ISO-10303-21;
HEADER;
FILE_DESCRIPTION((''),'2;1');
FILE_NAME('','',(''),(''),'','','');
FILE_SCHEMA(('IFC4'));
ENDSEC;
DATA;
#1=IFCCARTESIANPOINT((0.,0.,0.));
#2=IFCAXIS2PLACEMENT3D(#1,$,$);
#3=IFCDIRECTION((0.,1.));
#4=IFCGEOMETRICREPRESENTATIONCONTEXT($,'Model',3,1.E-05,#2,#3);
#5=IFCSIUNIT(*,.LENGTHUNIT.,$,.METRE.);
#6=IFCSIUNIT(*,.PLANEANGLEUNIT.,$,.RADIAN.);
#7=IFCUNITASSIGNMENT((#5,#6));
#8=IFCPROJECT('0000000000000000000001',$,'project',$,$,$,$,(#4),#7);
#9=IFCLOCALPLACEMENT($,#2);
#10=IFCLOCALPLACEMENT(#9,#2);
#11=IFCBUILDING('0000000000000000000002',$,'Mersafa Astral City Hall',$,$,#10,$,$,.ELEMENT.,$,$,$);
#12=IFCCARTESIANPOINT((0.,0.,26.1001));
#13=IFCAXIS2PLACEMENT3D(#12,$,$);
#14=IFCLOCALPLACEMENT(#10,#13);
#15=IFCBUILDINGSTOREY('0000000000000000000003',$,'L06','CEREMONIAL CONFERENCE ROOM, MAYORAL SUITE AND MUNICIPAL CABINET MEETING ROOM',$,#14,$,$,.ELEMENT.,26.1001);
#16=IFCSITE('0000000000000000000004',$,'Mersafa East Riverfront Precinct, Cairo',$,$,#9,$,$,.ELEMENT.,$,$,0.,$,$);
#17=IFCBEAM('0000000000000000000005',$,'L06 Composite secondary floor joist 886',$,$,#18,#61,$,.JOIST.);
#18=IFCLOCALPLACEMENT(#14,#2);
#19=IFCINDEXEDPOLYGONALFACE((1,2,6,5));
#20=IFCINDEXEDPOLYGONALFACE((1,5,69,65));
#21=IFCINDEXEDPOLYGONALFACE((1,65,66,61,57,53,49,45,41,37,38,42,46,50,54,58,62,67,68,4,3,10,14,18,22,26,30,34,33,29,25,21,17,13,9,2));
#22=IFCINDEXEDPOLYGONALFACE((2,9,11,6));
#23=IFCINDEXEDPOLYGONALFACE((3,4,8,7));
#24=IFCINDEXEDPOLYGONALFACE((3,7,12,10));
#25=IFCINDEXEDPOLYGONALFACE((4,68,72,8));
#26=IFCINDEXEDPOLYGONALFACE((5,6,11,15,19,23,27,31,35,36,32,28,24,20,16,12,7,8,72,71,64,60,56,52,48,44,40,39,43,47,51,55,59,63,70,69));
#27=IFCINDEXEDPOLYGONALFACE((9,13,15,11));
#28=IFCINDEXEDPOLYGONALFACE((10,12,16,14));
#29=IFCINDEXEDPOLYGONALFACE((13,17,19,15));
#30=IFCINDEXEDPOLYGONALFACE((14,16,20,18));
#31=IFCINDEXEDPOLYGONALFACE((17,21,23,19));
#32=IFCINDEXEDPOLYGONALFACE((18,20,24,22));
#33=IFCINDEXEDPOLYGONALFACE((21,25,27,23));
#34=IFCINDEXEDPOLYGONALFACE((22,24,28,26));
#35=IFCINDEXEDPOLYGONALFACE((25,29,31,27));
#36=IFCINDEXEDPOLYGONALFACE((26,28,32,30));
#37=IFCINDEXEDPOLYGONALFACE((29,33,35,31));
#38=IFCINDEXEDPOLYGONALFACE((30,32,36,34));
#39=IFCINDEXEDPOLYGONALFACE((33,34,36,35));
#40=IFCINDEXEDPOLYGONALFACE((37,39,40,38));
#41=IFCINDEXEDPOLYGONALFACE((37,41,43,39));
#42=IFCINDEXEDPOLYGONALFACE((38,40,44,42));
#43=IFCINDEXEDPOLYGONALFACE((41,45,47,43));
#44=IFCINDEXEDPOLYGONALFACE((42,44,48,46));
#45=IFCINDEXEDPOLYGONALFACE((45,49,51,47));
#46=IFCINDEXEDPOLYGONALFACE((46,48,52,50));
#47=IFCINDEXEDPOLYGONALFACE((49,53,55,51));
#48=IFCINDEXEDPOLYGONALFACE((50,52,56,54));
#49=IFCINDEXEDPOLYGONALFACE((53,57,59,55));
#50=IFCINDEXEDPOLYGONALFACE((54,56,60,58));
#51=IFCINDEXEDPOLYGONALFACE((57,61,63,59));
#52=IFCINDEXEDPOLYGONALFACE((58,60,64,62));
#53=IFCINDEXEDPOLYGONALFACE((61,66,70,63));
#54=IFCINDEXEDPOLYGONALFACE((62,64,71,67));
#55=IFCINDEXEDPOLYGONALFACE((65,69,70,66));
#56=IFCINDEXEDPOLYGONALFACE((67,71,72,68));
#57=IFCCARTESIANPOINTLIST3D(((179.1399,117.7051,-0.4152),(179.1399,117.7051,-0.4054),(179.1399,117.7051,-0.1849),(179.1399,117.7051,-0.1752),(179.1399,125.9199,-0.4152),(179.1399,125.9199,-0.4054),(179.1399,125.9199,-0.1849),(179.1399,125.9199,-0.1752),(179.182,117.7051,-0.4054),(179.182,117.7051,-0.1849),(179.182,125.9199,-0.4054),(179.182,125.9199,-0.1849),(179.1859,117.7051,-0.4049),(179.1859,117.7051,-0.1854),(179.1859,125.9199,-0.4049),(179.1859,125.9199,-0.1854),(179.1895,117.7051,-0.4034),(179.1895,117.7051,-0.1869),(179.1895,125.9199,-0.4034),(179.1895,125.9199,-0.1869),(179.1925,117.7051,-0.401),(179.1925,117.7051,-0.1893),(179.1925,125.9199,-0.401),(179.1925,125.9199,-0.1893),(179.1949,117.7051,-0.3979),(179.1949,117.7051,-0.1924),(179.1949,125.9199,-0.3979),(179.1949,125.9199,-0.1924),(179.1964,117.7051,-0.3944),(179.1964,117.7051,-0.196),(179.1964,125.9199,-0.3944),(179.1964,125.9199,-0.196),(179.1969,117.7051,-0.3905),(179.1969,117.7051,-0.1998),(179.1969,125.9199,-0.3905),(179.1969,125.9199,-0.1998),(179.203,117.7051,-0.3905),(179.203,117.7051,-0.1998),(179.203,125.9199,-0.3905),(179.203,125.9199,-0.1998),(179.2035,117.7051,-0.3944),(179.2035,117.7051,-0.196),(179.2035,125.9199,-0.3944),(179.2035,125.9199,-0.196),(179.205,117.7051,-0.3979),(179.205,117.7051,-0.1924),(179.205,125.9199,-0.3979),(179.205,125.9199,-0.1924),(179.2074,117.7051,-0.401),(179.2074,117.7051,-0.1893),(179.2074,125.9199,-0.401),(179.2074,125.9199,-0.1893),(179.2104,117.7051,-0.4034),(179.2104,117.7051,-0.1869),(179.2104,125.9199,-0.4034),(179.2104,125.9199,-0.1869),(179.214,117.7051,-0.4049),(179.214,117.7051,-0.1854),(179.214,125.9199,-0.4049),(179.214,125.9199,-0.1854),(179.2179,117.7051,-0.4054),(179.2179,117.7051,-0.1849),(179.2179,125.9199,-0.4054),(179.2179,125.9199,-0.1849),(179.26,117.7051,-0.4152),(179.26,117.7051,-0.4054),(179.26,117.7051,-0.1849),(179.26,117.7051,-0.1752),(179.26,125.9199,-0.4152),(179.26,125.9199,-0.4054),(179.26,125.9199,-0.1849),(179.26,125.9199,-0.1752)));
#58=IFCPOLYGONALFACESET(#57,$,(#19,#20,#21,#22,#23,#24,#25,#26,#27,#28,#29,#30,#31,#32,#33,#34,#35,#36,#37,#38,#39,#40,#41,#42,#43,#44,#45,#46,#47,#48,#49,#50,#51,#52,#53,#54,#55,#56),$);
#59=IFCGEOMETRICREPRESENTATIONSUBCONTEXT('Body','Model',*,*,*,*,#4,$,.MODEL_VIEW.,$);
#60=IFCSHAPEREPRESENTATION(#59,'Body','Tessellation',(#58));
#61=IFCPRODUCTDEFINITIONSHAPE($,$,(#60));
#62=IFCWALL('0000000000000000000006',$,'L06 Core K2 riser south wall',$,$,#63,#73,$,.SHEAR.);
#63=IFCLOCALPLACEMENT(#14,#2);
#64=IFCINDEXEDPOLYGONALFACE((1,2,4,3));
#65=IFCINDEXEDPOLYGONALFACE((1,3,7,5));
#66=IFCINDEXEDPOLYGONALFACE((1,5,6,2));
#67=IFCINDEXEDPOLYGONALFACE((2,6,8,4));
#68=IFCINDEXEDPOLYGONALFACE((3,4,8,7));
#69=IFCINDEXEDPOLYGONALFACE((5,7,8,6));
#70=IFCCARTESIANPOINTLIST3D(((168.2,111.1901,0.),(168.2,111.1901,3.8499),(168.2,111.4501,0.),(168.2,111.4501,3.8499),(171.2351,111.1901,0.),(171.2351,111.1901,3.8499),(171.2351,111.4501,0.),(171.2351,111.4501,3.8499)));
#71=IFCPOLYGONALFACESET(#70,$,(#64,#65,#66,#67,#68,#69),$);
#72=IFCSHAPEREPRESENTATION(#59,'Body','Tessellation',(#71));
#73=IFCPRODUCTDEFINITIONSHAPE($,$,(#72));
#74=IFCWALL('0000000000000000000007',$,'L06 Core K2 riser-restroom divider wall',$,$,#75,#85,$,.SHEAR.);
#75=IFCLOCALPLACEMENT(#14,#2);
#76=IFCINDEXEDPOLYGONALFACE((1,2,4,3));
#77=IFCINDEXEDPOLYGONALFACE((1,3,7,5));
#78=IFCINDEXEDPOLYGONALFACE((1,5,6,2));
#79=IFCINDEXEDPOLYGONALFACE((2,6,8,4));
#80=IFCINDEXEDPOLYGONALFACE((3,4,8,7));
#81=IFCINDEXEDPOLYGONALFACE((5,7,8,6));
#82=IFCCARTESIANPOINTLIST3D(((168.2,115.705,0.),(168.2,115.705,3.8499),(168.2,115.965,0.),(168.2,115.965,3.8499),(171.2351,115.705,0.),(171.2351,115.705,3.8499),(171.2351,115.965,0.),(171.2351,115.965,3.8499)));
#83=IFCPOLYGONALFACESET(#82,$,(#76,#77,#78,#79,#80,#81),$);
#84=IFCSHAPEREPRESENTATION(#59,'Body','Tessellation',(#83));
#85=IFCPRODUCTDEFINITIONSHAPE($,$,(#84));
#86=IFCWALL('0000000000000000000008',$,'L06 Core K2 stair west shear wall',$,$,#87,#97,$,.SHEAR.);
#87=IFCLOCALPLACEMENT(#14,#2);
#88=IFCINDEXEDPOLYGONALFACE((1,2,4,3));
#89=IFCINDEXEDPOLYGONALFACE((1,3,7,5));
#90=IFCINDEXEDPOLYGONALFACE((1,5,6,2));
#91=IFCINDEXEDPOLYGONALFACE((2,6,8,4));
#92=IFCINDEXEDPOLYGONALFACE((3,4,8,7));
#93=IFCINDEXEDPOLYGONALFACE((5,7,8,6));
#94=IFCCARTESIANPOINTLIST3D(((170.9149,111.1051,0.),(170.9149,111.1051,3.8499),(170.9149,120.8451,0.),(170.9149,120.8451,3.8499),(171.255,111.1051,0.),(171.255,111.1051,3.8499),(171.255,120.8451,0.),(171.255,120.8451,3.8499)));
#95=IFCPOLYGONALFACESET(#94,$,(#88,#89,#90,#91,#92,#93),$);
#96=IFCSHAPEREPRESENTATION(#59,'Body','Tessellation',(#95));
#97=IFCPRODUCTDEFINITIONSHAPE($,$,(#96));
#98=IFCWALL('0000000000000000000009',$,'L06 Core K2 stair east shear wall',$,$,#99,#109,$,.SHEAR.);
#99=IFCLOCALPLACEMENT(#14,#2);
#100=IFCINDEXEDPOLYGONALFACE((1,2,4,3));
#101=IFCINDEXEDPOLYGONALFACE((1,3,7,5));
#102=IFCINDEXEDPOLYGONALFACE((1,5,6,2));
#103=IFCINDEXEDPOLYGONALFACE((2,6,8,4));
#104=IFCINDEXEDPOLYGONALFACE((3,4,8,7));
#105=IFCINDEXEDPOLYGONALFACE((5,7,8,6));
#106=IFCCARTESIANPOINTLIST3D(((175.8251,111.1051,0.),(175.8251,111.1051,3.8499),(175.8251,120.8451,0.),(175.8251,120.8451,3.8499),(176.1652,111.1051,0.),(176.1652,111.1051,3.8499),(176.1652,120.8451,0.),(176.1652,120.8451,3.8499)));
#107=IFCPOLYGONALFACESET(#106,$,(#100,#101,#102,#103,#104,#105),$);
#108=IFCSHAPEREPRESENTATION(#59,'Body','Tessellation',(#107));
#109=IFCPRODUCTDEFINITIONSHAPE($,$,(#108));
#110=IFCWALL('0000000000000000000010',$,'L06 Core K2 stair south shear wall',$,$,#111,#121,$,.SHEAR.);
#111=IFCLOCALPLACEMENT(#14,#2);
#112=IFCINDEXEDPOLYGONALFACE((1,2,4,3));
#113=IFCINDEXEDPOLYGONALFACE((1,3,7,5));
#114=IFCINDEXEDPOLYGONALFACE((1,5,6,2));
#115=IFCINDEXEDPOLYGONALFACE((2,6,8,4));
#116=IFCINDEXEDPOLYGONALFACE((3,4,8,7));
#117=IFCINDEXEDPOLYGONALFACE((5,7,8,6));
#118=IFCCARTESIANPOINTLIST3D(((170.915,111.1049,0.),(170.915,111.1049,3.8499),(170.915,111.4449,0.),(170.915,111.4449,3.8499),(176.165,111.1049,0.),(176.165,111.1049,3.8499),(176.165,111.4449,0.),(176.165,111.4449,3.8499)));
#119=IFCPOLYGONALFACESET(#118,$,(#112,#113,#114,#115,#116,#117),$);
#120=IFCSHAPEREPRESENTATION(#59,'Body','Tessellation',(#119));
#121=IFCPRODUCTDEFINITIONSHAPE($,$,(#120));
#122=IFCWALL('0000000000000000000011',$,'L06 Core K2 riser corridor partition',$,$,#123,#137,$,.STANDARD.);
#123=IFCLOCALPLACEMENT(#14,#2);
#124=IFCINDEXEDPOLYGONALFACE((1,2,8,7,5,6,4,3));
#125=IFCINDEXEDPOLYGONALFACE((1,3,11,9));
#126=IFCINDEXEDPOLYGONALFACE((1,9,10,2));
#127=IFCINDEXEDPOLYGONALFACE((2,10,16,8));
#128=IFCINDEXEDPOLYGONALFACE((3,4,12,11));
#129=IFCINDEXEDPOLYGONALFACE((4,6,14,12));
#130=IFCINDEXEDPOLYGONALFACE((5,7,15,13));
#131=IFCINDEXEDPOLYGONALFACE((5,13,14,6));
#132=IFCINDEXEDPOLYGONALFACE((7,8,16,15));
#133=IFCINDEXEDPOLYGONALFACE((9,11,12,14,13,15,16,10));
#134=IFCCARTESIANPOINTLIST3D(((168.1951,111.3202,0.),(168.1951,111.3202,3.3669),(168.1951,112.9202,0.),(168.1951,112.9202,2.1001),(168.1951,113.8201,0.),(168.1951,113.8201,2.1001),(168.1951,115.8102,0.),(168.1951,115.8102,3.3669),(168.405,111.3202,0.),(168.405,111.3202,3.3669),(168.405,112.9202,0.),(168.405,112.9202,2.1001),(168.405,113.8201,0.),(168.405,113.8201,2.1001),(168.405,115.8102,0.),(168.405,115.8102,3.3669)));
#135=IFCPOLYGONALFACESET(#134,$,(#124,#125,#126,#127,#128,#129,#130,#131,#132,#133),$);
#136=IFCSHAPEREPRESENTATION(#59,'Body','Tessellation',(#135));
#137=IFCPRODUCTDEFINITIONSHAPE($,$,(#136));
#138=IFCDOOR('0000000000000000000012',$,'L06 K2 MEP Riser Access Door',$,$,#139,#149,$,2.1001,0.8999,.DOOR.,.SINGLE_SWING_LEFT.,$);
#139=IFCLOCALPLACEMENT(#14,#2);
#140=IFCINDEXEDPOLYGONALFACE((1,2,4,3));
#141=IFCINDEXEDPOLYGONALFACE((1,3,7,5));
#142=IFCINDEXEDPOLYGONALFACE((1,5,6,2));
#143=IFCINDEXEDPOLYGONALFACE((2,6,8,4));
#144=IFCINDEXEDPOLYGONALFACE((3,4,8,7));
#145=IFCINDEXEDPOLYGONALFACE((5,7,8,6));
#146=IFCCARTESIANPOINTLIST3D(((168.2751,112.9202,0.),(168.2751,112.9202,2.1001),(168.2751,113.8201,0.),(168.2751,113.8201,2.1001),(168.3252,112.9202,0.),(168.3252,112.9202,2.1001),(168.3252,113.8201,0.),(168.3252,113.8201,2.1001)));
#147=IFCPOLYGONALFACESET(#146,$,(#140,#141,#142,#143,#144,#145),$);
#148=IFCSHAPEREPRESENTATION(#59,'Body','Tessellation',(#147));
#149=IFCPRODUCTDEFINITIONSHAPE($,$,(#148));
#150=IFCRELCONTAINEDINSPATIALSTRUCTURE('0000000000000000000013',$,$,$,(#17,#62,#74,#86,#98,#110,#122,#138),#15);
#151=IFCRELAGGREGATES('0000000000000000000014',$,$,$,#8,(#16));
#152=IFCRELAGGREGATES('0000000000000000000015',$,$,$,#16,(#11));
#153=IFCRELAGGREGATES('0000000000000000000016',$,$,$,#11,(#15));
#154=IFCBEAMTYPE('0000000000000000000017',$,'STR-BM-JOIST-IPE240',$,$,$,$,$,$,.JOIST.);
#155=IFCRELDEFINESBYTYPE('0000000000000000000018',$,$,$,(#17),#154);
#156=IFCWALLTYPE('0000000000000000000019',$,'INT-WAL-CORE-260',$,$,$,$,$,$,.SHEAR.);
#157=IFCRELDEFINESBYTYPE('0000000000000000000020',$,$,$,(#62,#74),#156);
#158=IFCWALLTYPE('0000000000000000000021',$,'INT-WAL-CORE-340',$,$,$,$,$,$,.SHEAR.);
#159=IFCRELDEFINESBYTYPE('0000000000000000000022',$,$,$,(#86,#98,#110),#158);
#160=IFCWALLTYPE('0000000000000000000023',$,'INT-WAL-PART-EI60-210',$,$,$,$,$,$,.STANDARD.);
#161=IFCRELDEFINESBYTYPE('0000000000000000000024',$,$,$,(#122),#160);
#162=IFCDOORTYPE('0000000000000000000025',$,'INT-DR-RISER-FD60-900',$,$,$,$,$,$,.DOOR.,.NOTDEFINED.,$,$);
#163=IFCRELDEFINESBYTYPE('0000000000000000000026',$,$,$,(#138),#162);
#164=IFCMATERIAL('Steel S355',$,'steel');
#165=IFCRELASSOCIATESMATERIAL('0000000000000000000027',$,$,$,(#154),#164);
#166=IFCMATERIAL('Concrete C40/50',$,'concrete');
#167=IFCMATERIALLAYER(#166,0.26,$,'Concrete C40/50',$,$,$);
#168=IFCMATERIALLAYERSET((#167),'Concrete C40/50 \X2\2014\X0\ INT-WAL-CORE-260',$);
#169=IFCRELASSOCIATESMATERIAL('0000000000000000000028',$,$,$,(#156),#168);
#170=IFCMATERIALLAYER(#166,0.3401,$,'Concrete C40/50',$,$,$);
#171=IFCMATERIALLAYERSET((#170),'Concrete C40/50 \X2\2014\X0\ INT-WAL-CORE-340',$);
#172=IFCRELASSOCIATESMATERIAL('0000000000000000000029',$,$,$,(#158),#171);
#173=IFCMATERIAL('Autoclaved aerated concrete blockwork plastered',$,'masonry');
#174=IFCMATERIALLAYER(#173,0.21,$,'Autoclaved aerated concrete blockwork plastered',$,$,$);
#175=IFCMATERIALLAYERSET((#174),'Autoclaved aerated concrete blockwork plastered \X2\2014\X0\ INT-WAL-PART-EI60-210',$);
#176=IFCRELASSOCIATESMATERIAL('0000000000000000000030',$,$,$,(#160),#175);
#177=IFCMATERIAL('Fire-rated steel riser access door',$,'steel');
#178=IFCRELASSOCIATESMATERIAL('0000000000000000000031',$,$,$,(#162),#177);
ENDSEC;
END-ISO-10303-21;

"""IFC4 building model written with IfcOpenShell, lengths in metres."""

from ifc_helpers import new_model, si_unit, direction, frame, frame_2d, origin, origin_2d, place, context, subcontext, project, spatial, rectangle, i_section, extrude, material, layer, layer_set, material_profile, profile_set, type_object, element, fill, save


model = new_model("IFC4")

# Units and contexts
model_context = context("Model", 3, precision=1e-05, world=origin(), true_north=direction((0.0, 1.0)))
body_context = subcontext(model_context, "Body", "Model", "MODEL_VIEW")
ifc_project = project(units=[si_unit("LENGTHUNIT", "METRE"), si_unit("PLANEANGLEUNIT", "RADIAN")], contexts=[model_context])

# Site, building, storey
site_placement = place(None, origin())
site = spatial("IfcSite", under=ifc_project, at=site_placement, Name="Mersafa East Riverfront Precinct, Cairo", CompositionType="ELEMENT", RefElevation=0.0)
building_placement = place(site_placement, origin())
building = spatial("IfcBuilding", under=site, at=building_placement, Name="Mersafa Astral City Hall", CompositionType="ELEMENT")
storey_placement = place(building_placement, frame((0.0, 0.0, 26.1001)))
storey = spatial("IfcBuildingStorey", under=building, at=storey_placement, Name="L06", Description="CEREMONIAL CONFERENCE ROOM, MAYORAL SUITE AND MUNICIPAL CABINET MEETING ROOM", CompositionType="ELEMENT", Elevation=26.1001)

# Shared definitions
ifc_material_1 = material(Name="Steel S355", Category="steel")

# Beam
ifc_material_profile_1 = material_profile(ifc_material_1, i_section(OverallWidth=0.1201, OverallDepth=0.24, WebThickness=0.0061, FlangeThickness=0.0098, FilletRadius=0.0149, at=origin_2d()), Name="IPE 240")
ifc_profile_set_1 = profile_set([ifc_material_profile_1], Name="Steel S355")
beam_type_1 = type_object("IfcBeamType", Name="STR-BM-JOIST-IPE240", PredefinedType="JOIST", material=ifc_profile_set_1)
beam_1_placement = place(storey_placement, frame((179.2, 117.7051, -0.2952), z_axis=(0.0, 1.0, 0.0), x_axis=(-1.0, 0.0, 0.0)))
element("IfcBeam", 1, at=beam_1_placement, inside=storey, type_object=beam_type_1, Name="L06 Composite secondary floor joist 886", PredefinedType="JOIST", context=body_context, shape_type="SweptSolid", body=[
    extrude(i_section(OverallWidth=0.1201, OverallDepth=0.24, WebThickness=0.0061, FlangeThickness=0.0098, FilletRadius=0.0149, at=origin_2d()), origin(), (0.0, 0.0, 1.0), 8.2148),
])

# Walls
ifc_material_2 = material(Name="Concrete C40/50", Category="concrete")
ifc_layer_1 = layer(ifc_material_2, 0.26, Name="Concrete C40/50")
ifc_layer_set_1 = layer_set([ifc_layer_1], Name="Concrete C40/50 — INT-WAL-CORE-260")
wall_type_1 = type_object("IfcWallType", Name="INT-WAL-CORE-260", PredefinedType="SHEAR", material=ifc_layer_set_1)
for number, where, z_axis, x_axis, name in (
    (2, (168.2, 111.3201, 0.0), (0.0, 0.0, 1.0), (1.0, 0.0, 0.0), "L06 Core K2 riser south wall"),
    (3, (168.2, 115.835, 0.0), (0.0, 0.0, 1.0), (1.0, 0.0, 0.0), "L06 Core K2 riser-restroom divider wall"),
):
    element("IfcWall", number, at=place(storey_placement, frame(where, z_axis=z_axis, x_axis=x_axis)), inside=storey, type_object=wall_type_1, Name=name, PredefinedType="SHEAR", context=body_context, shape_type="SweptSolid", body=[
        extrude(rectangle(XDim=3.0352, YDim=0.26, at=frame_2d((1.5176, 0.0))), origin(), (0.0, 0.0, 1.0), 3.8499),
    ])
ifc_layer_2 = layer(ifc_material_2, 0.3401, Name="Concrete C40/50")
ifc_layer_set_2 = layer_set([ifc_layer_2], Name="Concrete C40/50 — INT-WAL-CORE-340")
wall_type_2 = type_object("IfcWallType", Name="INT-WAL-CORE-340", PredefinedType="SHEAR", material=ifc_layer_set_2)
for number, where, z_axis, x_axis, name in (
    (4, (171.085, 111.105, 0.0), (0.0, 0.0, 1.0), (0.0, 1.0, 0.0), "L06 Core K2 stair west shear wall"),
    (5, (175.9951, 111.105, 0.0), (0.0, 0.0, 1.0), (0.0, 1.0, 0.0), "L06 Core K2 stair east shear wall"),
):
    element("IfcWall", number, at=place(storey_placement, frame(where, z_axis=z_axis, x_axis=x_axis)), inside=storey, type_object=wall_type_2, Name=name, PredefinedType="SHEAR", context=body_context, shape_type="SweptSolid", body=[
        extrude(rectangle(XDim=9.74, YDim=0.3401, at=frame_2d((4.8701, 0.0))), origin(), (0.0, 0.0, 1.0), 3.8499),
    ])
wall_1_placement = place(storey_placement, frame((170.915, 111.2749, 0.0), z_axis=(0.0, 0.0, 1.0), x_axis=(1.0, 0.0, 0.0)))
element("IfcWall", 6, at=wall_1_placement, inside=storey, type_object=wall_type_2, Name="L06 Core K2 stair south shear wall", PredefinedType="SHEAR", context=body_context, shape_type="SweptSolid", body=[
    extrude(rectangle(XDim=5.25, YDim=0.3401, at=frame_2d((2.625, 0.0))), origin(), (0.0, 0.0, 1.0), 3.8499),
])

# Wall, opening, door
ifc_material_3 = material(Name="Autoclaved aerated concrete blockwork plastered", Category="masonry")
ifc_layer_3 = layer(ifc_material_3, 0.21, Name="Autoclaved aerated concrete blockwork plastered")
ifc_layer_set_3 = layer_set([ifc_layer_3], Name="Autoclaved aerated concrete blockwork plastered — INT-WAL-PART-EI60-210")
wall_type_3 = type_object("IfcWallType", Name="INT-WAL-PART-EI60-210", PredefinedType="STANDARD", material=ifc_layer_set_3)
wall_2_placement = place(storey_placement, frame((168.3, 111.3201, 0.0), z_axis=(0.0, 0.0, 1.0), x_axis=(0.0, 1.0, 0.0)))
wall_2 = element("IfcWall", 7, at=wall_2_placement, inside=storey, type_object=wall_type_3, Name="L06 Core K2 riser corridor partition", PredefinedType="STANDARD", context=body_context, shape_type="SweptSolid", body=[
    extrude(rectangle(XDim=4.49, YDim=0.21, at=frame_2d((2.2451, 0.0))), origin(), (0.0, 0.0, 1.0), 3.3669),
])
opening_1_placement = place(wall_2_placement, frame((1.6001, 0.0, 0.0)))
opening_1 = element("IfcOpeningElement", 8, at=opening_1_placement, cuts=wall_2, PredefinedType="OPENING", context=body_context, shape_type="SweptSolid", body=[
    extrude(rectangle(XDim=0.8999, YDim=2.1001, at=frame_2d((0.45, 1.05))), frame((0.0, 0.115, 0.0), z_axis=(0.0, -1.0, 0.0), x_axis=(1.0, 0.0, 0.0)), (0.0, 0.0, 1.0), 0.23),
])
ifc_material_4 = material(Name="Fire-rated steel riser access door", Category="steel")
door_type_1 = type_object("IfcDoorType", Name="INT-DR-RISER-FD60-900", OperationType="NOTDEFINED", PredefinedType="DOOR", material=ifc_material_4)
door_1_placement = place(opening_1_placement, origin())
door_1 = element("IfcDoor", 9, at=door_1_placement, inside=storey, type_object=door_type_1, Name="L06 K2 MEP Riser Access Door", OperationType="SINGLE_SWING_LEFT", OverallHeight=2.1001, OverallWidth=0.8999, PredefinedType="DOOR", context=body_context, shape_type="SweptSolid", body=[
    extrude(rectangle(XDim=0.8999, YDim=2.1001, at=frame_2d((0.45, 1.05))), frame((0.0, 0.0249, 0.0), z_axis=(0.0, -1.0, 0.0), x_axis=(1.0, 0.0, 0.0)), (0.0, 0.0, 1.0), 0.05),
])
fill(opening_1, door_1)

save(model, "model.ifc")
